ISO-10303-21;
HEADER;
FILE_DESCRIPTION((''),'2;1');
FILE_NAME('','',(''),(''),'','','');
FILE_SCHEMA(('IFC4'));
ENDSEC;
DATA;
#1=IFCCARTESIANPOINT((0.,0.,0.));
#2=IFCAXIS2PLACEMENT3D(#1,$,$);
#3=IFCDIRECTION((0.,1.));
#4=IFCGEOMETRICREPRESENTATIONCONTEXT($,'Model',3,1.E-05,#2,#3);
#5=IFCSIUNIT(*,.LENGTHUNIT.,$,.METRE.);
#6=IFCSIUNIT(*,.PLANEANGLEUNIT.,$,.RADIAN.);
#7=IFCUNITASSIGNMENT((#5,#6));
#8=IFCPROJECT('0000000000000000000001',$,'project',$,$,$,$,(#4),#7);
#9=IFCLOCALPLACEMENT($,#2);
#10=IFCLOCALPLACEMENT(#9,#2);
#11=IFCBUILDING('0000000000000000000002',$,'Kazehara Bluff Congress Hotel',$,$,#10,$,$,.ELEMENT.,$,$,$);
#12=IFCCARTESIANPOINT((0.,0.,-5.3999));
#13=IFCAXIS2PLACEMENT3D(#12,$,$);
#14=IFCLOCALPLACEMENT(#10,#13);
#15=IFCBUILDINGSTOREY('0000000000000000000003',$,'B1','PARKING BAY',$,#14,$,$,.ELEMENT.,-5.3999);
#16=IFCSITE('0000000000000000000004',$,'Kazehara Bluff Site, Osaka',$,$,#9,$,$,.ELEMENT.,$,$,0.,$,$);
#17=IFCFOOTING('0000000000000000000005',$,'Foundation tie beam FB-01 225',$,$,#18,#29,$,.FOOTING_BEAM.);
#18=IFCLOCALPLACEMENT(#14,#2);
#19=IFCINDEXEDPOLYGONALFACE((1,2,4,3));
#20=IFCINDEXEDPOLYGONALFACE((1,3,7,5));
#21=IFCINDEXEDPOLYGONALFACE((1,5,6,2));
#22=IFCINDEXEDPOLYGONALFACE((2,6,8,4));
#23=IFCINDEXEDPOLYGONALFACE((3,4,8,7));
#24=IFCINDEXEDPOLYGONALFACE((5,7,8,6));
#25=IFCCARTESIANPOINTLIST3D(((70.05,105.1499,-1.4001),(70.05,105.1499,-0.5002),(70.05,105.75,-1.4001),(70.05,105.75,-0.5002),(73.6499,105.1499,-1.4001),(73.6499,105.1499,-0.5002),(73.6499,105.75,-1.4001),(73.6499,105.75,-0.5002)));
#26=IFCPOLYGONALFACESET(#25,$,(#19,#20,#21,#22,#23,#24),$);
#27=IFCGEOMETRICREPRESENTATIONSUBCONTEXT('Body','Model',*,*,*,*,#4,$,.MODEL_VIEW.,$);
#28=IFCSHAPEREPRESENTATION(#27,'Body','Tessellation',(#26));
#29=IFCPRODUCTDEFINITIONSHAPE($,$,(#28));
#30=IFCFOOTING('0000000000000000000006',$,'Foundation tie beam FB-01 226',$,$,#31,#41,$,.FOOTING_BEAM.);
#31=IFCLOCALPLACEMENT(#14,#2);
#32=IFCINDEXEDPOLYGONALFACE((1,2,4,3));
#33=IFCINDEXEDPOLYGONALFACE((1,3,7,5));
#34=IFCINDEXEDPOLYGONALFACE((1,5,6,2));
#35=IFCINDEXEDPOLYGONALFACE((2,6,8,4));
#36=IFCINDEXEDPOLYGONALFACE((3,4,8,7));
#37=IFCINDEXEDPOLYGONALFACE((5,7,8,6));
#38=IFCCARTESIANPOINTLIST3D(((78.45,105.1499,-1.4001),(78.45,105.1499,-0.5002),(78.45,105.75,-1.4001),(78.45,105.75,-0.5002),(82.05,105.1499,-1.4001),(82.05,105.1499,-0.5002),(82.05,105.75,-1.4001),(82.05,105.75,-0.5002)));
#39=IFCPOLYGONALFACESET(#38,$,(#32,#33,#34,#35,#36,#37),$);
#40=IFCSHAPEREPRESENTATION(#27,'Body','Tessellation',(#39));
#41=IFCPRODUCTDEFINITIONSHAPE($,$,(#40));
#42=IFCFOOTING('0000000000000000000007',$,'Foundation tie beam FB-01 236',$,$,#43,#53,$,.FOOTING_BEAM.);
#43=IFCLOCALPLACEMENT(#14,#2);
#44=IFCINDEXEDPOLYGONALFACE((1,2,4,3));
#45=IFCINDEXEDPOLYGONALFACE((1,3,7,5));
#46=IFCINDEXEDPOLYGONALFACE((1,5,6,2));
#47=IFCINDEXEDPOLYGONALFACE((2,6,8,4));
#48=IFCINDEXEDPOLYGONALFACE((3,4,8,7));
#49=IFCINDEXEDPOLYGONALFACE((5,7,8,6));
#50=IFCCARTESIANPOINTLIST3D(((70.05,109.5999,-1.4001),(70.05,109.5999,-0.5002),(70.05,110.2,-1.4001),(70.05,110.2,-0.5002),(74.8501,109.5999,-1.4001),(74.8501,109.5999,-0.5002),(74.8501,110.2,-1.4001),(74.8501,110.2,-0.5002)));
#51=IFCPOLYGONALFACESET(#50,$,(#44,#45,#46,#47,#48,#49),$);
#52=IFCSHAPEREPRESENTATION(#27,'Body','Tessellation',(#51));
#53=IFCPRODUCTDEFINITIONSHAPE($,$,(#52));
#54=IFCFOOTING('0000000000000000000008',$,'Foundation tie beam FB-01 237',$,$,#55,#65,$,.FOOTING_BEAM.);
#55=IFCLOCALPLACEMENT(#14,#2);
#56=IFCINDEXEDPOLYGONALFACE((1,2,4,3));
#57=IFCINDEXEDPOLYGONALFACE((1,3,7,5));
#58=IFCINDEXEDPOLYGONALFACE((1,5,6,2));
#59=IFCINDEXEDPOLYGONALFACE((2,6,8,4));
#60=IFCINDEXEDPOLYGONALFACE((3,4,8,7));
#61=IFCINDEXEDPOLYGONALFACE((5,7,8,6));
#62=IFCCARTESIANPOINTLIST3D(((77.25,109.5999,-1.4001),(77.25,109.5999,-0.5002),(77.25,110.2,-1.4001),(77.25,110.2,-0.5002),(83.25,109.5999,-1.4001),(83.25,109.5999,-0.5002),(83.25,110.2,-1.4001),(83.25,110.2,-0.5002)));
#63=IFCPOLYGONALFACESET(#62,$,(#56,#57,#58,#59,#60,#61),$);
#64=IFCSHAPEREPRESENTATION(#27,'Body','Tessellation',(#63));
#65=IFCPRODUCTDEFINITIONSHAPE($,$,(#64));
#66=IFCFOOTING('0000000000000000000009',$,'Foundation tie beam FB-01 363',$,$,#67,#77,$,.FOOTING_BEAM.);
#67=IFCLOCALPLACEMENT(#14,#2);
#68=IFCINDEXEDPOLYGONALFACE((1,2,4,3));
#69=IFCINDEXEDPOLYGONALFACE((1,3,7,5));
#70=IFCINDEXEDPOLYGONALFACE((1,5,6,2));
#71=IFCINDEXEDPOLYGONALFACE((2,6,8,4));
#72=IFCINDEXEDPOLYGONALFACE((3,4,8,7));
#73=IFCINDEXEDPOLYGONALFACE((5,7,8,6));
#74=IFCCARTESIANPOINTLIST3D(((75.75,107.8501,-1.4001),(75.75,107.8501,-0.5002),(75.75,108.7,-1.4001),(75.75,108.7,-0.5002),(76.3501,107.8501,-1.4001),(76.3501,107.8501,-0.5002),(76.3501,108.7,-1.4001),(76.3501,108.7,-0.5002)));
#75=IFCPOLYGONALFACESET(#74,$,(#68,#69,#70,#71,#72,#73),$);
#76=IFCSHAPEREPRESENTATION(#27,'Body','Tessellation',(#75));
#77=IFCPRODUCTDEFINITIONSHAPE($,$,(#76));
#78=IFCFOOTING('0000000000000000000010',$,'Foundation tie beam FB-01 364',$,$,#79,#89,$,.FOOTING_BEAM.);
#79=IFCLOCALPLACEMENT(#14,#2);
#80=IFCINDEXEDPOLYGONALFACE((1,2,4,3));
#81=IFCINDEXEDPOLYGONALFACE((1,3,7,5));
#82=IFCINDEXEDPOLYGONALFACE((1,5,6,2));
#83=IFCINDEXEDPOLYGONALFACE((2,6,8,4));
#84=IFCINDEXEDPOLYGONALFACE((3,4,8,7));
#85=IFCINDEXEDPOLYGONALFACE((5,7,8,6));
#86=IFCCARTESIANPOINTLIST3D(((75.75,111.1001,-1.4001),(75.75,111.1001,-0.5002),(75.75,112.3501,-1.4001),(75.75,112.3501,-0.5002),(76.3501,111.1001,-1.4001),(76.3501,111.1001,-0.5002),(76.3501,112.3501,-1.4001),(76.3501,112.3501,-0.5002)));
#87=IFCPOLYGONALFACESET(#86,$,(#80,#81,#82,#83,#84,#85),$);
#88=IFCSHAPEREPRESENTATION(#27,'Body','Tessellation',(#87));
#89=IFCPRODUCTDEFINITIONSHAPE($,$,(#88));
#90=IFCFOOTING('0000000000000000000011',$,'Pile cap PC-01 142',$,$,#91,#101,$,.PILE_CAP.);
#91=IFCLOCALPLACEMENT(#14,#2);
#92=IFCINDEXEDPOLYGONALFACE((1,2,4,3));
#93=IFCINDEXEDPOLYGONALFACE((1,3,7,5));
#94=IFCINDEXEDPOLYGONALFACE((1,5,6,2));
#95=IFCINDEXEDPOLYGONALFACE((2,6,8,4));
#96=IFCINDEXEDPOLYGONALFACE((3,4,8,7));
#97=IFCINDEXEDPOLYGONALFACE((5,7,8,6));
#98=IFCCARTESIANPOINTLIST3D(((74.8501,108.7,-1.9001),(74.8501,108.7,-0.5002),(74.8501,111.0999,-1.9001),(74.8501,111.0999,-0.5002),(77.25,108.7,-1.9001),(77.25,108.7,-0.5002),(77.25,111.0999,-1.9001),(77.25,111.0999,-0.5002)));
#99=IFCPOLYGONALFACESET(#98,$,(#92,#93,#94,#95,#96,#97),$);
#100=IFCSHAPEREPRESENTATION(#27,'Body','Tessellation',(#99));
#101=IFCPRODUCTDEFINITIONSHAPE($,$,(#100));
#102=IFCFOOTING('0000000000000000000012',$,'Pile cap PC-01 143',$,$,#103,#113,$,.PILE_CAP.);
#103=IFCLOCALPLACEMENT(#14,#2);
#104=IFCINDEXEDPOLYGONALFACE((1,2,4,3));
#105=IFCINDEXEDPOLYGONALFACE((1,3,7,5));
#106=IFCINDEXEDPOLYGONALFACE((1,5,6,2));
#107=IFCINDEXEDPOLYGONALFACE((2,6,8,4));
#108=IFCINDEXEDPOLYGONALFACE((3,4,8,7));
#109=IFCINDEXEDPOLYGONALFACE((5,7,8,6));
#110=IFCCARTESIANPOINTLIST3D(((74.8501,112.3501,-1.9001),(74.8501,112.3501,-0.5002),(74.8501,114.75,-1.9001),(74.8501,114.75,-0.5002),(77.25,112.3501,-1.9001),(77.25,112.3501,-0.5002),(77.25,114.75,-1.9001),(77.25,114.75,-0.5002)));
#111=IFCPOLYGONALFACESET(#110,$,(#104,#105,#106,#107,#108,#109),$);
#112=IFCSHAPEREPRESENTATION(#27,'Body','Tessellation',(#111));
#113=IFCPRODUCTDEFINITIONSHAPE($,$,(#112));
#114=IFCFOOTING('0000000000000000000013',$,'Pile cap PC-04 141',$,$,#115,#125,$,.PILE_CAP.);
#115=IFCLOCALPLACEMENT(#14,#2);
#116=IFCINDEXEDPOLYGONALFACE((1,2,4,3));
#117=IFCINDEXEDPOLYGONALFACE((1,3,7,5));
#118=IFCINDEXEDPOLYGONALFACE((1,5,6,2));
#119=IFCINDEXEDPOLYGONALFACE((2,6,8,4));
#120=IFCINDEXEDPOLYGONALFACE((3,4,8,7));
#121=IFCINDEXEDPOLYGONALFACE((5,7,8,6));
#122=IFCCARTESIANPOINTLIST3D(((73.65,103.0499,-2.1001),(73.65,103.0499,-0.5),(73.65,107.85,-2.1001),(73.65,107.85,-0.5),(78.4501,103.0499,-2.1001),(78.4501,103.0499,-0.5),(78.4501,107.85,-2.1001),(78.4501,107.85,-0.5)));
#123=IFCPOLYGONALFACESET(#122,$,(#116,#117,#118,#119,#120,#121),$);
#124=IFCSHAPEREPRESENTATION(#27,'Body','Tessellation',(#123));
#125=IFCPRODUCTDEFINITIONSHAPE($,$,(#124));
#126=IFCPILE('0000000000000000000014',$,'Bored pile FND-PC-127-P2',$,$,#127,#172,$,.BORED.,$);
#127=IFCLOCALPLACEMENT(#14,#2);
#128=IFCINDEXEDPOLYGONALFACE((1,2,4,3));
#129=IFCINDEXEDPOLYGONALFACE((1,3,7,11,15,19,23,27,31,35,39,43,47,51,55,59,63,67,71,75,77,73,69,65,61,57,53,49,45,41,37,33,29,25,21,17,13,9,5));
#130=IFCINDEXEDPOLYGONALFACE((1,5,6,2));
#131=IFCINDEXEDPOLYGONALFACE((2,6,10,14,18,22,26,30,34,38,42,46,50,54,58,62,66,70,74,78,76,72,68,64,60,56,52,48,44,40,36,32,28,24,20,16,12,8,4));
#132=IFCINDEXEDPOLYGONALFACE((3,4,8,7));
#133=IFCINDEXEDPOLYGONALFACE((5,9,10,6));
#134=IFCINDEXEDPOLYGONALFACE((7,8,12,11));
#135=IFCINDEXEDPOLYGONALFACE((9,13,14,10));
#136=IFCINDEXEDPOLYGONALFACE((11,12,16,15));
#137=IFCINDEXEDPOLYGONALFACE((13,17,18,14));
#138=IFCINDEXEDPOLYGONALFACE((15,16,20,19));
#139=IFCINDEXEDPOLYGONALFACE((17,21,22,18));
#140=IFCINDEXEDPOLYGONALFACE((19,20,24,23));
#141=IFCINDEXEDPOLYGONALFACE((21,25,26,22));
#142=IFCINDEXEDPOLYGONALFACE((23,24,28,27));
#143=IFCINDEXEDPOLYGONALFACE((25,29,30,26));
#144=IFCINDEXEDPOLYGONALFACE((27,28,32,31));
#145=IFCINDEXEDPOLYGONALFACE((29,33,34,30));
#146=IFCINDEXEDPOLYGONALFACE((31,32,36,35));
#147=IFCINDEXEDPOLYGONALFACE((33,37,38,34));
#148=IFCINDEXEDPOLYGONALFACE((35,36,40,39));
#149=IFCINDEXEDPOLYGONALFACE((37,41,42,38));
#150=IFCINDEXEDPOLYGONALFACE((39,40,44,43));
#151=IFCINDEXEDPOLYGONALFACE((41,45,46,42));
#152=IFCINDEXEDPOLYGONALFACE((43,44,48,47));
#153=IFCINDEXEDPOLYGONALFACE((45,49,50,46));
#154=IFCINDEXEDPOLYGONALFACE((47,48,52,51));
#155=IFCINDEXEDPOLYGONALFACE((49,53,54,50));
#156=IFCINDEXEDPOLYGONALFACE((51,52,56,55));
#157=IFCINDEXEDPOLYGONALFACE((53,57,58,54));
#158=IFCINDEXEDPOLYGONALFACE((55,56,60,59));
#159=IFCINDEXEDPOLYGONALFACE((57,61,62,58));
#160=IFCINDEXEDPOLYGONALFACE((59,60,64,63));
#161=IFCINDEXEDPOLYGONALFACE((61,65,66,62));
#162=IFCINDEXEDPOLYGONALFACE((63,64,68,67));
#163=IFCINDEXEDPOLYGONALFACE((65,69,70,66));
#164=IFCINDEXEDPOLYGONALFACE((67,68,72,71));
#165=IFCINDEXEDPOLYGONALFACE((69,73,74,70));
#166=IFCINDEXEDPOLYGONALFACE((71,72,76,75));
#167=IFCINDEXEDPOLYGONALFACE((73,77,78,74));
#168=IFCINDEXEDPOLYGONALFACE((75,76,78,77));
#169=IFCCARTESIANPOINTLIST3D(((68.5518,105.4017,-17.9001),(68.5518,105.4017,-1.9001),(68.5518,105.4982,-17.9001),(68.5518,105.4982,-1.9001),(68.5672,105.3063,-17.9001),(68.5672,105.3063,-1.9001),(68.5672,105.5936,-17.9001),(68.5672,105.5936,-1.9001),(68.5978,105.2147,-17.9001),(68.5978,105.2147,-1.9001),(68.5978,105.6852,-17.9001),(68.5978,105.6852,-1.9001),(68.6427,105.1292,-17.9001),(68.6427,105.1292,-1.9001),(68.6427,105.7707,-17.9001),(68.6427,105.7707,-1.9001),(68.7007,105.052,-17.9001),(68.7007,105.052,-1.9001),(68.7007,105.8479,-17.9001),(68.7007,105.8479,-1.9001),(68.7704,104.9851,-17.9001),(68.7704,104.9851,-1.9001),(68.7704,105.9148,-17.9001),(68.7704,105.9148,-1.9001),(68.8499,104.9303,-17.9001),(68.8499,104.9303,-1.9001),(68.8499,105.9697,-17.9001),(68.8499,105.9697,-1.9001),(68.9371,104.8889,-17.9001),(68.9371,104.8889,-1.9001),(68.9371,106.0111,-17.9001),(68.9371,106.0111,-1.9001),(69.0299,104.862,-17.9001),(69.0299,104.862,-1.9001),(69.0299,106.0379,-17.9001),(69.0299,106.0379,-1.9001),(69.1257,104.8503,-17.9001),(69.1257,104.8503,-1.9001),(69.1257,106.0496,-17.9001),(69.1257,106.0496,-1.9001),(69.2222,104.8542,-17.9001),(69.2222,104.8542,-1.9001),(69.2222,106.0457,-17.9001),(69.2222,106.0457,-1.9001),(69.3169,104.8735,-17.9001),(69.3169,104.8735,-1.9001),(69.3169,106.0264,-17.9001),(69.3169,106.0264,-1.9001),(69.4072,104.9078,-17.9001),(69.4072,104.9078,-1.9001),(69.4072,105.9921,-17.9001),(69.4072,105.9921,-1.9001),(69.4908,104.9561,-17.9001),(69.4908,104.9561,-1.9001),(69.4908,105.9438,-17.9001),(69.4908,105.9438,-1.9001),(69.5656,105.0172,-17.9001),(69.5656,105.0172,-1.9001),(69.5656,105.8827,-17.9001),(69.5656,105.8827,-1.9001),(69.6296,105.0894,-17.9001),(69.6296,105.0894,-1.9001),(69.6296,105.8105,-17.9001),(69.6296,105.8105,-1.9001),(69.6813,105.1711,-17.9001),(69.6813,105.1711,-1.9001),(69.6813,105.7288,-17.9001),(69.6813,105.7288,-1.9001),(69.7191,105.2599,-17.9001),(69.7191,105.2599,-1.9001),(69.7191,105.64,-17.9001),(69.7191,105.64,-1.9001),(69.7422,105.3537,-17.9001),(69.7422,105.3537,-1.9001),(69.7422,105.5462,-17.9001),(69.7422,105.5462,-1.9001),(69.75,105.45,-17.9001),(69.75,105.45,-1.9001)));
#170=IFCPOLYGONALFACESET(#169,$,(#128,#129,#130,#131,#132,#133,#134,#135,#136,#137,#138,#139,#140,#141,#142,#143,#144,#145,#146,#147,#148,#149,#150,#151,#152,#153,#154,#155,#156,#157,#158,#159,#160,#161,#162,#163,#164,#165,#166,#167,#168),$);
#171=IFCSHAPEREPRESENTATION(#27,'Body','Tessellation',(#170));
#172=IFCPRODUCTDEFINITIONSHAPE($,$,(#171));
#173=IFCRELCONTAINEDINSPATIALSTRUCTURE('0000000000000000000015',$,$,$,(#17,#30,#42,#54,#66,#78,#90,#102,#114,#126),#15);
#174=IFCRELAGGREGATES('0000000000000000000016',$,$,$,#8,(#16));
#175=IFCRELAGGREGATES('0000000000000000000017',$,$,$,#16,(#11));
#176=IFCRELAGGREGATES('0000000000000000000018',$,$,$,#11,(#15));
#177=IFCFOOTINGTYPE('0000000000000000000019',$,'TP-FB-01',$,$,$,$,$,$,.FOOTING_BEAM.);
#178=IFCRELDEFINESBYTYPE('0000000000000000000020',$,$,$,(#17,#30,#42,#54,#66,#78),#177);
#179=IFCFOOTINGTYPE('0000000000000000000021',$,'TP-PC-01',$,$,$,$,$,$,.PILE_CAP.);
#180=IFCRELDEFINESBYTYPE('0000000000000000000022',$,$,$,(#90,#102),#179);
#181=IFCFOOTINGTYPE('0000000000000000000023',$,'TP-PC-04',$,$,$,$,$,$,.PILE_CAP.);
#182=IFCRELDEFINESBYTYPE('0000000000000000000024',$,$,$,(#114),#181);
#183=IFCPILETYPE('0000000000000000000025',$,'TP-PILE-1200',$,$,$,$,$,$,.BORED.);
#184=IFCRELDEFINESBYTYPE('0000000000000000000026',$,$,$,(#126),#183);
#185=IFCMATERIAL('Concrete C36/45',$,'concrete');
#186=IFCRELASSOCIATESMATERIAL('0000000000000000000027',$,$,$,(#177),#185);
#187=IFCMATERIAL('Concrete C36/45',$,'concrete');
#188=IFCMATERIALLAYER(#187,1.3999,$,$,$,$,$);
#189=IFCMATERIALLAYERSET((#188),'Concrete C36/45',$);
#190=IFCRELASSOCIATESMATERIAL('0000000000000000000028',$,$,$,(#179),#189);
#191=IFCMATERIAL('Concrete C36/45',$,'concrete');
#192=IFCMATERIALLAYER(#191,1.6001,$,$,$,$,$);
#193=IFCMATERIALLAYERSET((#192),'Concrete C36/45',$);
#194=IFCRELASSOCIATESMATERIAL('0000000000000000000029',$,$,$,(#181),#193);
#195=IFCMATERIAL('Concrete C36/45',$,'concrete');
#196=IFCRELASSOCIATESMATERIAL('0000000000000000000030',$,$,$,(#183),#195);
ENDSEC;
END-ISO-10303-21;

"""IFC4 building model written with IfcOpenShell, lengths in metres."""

from ifc_helpers import new_model, si_unit, direction, frame, origin, origin_2d, place, context, subcontext, project, spatial, rectangle, circle, extrude, material, layer, layer_set, material_profile, profile_set, type_object, element, save


model = new_model("IFC4")

# Units and contexts
model_context = context("Model", 3, precision=1e-05, world=origin(), true_north=direction((0.0, 1.0)))
body_context = subcontext(model_context, "Body", "Model", "MODEL_VIEW")
ifc_project = project(units=[si_unit("LENGTHUNIT", "METRE"), si_unit("PLANEANGLEUNIT", "RADIAN")], contexts=[model_context])

# Site, building, storey
site_placement = place(None, origin())
site = spatial("IfcSite", under=ifc_project, at=site_placement, Name="Kazehara Bluff Site, Osaka", CompositionType="ELEMENT", RefElevation=0.0)
building_placement = place(site_placement, origin())
building = spatial("IfcBuilding", under=site, at=building_placement, Name="Kazehara Bluff Congress Hotel", CompositionType="ELEMENT")
storey_placement = place(building_placement, frame((0.0, 0.0, -5.3999)))
storey = spatial("IfcBuildingStorey", under=building, at=storey_placement, Name="B1", Description="PARKING BAY", CompositionType="ELEMENT", Elevation=-5.3999)

# Footings
ifc_material_1 = material(Name="Concrete C36/45", Category="concrete")
ifc_material_profile_1 = material_profile(ifc_material_1, rectangle(XDim=0.6001, YDim=0.8999, at=origin_2d()))
ifc_profile_set_1 = profile_set([ifc_material_profile_1], Name="Concrete C36/45")
footing_type_1 = type_object("IfcFootingType", Name="TP-FB-01", PredefinedType="FOOTING_BEAM", material=ifc_profile_set_1)
footing_1_placement = place(storey_placement, frame((70.05, 105.45, -0.9502), z_axis=(1.0, 0.0, 0.0), x_axis=(0.0, 1.0, 0.0)))
element("IfcFooting", 1, at=footing_1_placement, inside=storey, type_object=footing_type_1, Name="Foundation tie beam FB-01 225", PredefinedType="FOOTING_BEAM", context=body_context, shape_type="SweptSolid", body=[
    extrude(rectangle(XDim=0.6001, YDim=0.8999, at=origin_2d()), origin(), (0.0, 0.0, 1.0), 3.5999),
])
footing_2_placement = place(storey_placement, frame((78.45, 105.45, -0.9502), z_axis=(1.0, 0.0, 0.0), x_axis=(0.0, 1.0, 0.0)))
element("IfcFooting", 2, at=footing_2_placement, inside=storey, type_object=footing_type_1, Name="Foundation tie beam FB-01 226", PredefinedType="FOOTING_BEAM", context=body_context, shape_type="SweptSolid", body=[
    extrude(rectangle(XDim=0.6001, YDim=0.8999, at=origin_2d()), origin(), (0.0, 0.0, 1.0), 3.6001),
])
footing_3_placement = place(storey_placement, frame((70.05, 109.8999, -0.9502), z_axis=(1.0, 0.0, 0.0), x_axis=(0.0, 1.0, 0.0)))
element("IfcFooting", 3, at=footing_3_placement, inside=storey, type_object=footing_type_1, Name="Foundation tie beam FB-01 236", PredefinedType="FOOTING_BEAM", context=body_context, shape_type="SweptSolid", body=[
    extrude(rectangle(XDim=0.6001, YDim=0.8999, at=origin_2d()), origin(), (0.0, 0.0, 1.0), 4.8),
])
footing_4_placement = place(storey_placement, frame((77.25, 109.8999, -0.9502), z_axis=(1.0, 0.0, 0.0), x_axis=(0.0, 1.0, 0.0)))
element("IfcFooting", 4, at=footing_4_placement, inside=storey, type_object=footing_type_1, Name="Foundation tie beam FB-01 237", PredefinedType="FOOTING_BEAM", context=body_context, shape_type="SweptSolid", body=[
    extrude(rectangle(XDim=0.6001, YDim=0.8999, at=origin_2d()), origin(), (0.0, 0.0, 1.0), 6.0),
])
footing_5_placement = place(storey_placement, frame((76.05, 107.8501, -0.9502), z_axis=(0.0, 1.0, 0.0), x_axis=(-1.0, 0.0, 0.0)))
element("IfcFooting", 5, at=footing_5_placement, inside=storey, type_object=footing_type_1, Name="Foundation tie beam FB-01 363", PredefinedType="FOOTING_BEAM", context=body_context, shape_type="SweptSolid", body=[
    extrude(rectangle(XDim=0.6001, YDim=0.8999, at=origin_2d()), origin(), (0.0, 0.0, 1.0), 0.8499),
])
footing_6_placement = place(storey_placement, frame((76.05, 111.1001, -0.9502), z_axis=(0.0, 1.0, 0.0), x_axis=(-1.0, 0.0, 0.0)))
element("IfcFooting", 6, at=footing_6_placement, inside=storey, type_object=footing_type_1, Name="Foundation tie beam FB-01 364", PredefinedType="FOOTING_BEAM", context=body_context, shape_type="SweptSolid", body=[
    extrude(rectangle(XDim=0.6001, YDim=0.8999, at=origin_2d()), origin(), (0.0, 0.0, 1.0), 1.25),
])
ifc_material_2 = material(Name="Concrete C36/45", Category="concrete")
ifc_layer_1 = layer(ifc_material_2, 1.3999)
ifc_layer_set_1 = layer_set([ifc_layer_1], Name="Concrete C36/45")
footing_type_2 = type_object("IfcFootingType", Name="TP-PC-01", PredefinedType="PILE_CAP", material=ifc_layer_set_1)
for number, where, z_axis, x_axis, name in (
    (7, (76.05, 109.8999, -1.9001), (0.0, 0.0, 1.0), (1.0, 0.0, 0.0), "Pile cap PC-01 142"),
    (8, (76.05, 113.55, -1.9001), (0.0, 0.0, 1.0), (1.0, 0.0, 0.0), "Pile cap PC-01 143"),
):
    element("IfcFooting", number, at=place(storey_placement, frame(where, z_axis=z_axis, x_axis=x_axis)), inside=storey, type_object=footing_type_2, Name=name, PredefinedType="PILE_CAP", context=body_context, shape_type="SweptSolid", body=[
        extrude(rectangle(XDim=2.3999, YDim=2.3999, at=origin_2d()), origin(), (0.0, 0.0, 1.0), 1.3999),
    ])
ifc_material_3 = material(Name="Concrete C36/45", Category="concrete")
ifc_layer_2 = layer(ifc_material_3, 1.6001)
ifc_layer_set_2 = layer_set([ifc_layer_2], Name="Concrete C36/45")
footing_type_3 = type_object("IfcFootingType", Name="TP-PC-04", PredefinedType="PILE_CAP", material=ifc_layer_set_2)
footing_7_placement = place(storey_placement, frame((76.05, 105.45, -2.1001), z_axis=(0.0, 0.0, 1.0), x_axis=(1.0, 0.0, 0.0)))
element("IfcFooting", 9, at=footing_7_placement, inside=storey, type_object=footing_type_3, Name="Pile cap PC-04 141", PredefinedType="PILE_CAP", context=body_context, shape_type="SweptSolid", body=[
    extrude(rectangle(XDim=4.8, YDim=4.8, at=origin_2d()), origin(), (0.0, 0.0, 1.0), 1.6001),
])

# Pile
ifc_material_4 = material(Name="Concrete C36/45", Category="concrete")
ifc_material_profile_2 = material_profile(ifc_material_4, circle(Radius=0.6001, at=origin_2d()))
ifc_profile_set_2 = profile_set([ifc_material_profile_2], Name="Concrete C36/45")
pile_type = type_object("IfcPileType", Name="TP-PILE-1200", PredefinedType="BORED", material=ifc_profile_set_2)
for number, where, z_axis, x_axis, name in (
    (10, (69.1499, 105.45, -1.9001), (0.0, 0.0, -1.0), (1.0, 0.0, 0.0), "Bored pile FND-PC-127-P2"),
):
    element("IfcPile", number, at=place(storey_placement, frame(where, z_axis=z_axis, x_axis=x_axis)), inside=storey, type_object=pile_type, Name=name, PredefinedType="BORED", context=body_context, shape_type="SweptSolid", body=[
        extrude(circle(Radius=0.6001, at=origin_2d()), origin(), (0.0, 0.0, 1.0), 16.0),
    ])

save(model, "model.ifc")
